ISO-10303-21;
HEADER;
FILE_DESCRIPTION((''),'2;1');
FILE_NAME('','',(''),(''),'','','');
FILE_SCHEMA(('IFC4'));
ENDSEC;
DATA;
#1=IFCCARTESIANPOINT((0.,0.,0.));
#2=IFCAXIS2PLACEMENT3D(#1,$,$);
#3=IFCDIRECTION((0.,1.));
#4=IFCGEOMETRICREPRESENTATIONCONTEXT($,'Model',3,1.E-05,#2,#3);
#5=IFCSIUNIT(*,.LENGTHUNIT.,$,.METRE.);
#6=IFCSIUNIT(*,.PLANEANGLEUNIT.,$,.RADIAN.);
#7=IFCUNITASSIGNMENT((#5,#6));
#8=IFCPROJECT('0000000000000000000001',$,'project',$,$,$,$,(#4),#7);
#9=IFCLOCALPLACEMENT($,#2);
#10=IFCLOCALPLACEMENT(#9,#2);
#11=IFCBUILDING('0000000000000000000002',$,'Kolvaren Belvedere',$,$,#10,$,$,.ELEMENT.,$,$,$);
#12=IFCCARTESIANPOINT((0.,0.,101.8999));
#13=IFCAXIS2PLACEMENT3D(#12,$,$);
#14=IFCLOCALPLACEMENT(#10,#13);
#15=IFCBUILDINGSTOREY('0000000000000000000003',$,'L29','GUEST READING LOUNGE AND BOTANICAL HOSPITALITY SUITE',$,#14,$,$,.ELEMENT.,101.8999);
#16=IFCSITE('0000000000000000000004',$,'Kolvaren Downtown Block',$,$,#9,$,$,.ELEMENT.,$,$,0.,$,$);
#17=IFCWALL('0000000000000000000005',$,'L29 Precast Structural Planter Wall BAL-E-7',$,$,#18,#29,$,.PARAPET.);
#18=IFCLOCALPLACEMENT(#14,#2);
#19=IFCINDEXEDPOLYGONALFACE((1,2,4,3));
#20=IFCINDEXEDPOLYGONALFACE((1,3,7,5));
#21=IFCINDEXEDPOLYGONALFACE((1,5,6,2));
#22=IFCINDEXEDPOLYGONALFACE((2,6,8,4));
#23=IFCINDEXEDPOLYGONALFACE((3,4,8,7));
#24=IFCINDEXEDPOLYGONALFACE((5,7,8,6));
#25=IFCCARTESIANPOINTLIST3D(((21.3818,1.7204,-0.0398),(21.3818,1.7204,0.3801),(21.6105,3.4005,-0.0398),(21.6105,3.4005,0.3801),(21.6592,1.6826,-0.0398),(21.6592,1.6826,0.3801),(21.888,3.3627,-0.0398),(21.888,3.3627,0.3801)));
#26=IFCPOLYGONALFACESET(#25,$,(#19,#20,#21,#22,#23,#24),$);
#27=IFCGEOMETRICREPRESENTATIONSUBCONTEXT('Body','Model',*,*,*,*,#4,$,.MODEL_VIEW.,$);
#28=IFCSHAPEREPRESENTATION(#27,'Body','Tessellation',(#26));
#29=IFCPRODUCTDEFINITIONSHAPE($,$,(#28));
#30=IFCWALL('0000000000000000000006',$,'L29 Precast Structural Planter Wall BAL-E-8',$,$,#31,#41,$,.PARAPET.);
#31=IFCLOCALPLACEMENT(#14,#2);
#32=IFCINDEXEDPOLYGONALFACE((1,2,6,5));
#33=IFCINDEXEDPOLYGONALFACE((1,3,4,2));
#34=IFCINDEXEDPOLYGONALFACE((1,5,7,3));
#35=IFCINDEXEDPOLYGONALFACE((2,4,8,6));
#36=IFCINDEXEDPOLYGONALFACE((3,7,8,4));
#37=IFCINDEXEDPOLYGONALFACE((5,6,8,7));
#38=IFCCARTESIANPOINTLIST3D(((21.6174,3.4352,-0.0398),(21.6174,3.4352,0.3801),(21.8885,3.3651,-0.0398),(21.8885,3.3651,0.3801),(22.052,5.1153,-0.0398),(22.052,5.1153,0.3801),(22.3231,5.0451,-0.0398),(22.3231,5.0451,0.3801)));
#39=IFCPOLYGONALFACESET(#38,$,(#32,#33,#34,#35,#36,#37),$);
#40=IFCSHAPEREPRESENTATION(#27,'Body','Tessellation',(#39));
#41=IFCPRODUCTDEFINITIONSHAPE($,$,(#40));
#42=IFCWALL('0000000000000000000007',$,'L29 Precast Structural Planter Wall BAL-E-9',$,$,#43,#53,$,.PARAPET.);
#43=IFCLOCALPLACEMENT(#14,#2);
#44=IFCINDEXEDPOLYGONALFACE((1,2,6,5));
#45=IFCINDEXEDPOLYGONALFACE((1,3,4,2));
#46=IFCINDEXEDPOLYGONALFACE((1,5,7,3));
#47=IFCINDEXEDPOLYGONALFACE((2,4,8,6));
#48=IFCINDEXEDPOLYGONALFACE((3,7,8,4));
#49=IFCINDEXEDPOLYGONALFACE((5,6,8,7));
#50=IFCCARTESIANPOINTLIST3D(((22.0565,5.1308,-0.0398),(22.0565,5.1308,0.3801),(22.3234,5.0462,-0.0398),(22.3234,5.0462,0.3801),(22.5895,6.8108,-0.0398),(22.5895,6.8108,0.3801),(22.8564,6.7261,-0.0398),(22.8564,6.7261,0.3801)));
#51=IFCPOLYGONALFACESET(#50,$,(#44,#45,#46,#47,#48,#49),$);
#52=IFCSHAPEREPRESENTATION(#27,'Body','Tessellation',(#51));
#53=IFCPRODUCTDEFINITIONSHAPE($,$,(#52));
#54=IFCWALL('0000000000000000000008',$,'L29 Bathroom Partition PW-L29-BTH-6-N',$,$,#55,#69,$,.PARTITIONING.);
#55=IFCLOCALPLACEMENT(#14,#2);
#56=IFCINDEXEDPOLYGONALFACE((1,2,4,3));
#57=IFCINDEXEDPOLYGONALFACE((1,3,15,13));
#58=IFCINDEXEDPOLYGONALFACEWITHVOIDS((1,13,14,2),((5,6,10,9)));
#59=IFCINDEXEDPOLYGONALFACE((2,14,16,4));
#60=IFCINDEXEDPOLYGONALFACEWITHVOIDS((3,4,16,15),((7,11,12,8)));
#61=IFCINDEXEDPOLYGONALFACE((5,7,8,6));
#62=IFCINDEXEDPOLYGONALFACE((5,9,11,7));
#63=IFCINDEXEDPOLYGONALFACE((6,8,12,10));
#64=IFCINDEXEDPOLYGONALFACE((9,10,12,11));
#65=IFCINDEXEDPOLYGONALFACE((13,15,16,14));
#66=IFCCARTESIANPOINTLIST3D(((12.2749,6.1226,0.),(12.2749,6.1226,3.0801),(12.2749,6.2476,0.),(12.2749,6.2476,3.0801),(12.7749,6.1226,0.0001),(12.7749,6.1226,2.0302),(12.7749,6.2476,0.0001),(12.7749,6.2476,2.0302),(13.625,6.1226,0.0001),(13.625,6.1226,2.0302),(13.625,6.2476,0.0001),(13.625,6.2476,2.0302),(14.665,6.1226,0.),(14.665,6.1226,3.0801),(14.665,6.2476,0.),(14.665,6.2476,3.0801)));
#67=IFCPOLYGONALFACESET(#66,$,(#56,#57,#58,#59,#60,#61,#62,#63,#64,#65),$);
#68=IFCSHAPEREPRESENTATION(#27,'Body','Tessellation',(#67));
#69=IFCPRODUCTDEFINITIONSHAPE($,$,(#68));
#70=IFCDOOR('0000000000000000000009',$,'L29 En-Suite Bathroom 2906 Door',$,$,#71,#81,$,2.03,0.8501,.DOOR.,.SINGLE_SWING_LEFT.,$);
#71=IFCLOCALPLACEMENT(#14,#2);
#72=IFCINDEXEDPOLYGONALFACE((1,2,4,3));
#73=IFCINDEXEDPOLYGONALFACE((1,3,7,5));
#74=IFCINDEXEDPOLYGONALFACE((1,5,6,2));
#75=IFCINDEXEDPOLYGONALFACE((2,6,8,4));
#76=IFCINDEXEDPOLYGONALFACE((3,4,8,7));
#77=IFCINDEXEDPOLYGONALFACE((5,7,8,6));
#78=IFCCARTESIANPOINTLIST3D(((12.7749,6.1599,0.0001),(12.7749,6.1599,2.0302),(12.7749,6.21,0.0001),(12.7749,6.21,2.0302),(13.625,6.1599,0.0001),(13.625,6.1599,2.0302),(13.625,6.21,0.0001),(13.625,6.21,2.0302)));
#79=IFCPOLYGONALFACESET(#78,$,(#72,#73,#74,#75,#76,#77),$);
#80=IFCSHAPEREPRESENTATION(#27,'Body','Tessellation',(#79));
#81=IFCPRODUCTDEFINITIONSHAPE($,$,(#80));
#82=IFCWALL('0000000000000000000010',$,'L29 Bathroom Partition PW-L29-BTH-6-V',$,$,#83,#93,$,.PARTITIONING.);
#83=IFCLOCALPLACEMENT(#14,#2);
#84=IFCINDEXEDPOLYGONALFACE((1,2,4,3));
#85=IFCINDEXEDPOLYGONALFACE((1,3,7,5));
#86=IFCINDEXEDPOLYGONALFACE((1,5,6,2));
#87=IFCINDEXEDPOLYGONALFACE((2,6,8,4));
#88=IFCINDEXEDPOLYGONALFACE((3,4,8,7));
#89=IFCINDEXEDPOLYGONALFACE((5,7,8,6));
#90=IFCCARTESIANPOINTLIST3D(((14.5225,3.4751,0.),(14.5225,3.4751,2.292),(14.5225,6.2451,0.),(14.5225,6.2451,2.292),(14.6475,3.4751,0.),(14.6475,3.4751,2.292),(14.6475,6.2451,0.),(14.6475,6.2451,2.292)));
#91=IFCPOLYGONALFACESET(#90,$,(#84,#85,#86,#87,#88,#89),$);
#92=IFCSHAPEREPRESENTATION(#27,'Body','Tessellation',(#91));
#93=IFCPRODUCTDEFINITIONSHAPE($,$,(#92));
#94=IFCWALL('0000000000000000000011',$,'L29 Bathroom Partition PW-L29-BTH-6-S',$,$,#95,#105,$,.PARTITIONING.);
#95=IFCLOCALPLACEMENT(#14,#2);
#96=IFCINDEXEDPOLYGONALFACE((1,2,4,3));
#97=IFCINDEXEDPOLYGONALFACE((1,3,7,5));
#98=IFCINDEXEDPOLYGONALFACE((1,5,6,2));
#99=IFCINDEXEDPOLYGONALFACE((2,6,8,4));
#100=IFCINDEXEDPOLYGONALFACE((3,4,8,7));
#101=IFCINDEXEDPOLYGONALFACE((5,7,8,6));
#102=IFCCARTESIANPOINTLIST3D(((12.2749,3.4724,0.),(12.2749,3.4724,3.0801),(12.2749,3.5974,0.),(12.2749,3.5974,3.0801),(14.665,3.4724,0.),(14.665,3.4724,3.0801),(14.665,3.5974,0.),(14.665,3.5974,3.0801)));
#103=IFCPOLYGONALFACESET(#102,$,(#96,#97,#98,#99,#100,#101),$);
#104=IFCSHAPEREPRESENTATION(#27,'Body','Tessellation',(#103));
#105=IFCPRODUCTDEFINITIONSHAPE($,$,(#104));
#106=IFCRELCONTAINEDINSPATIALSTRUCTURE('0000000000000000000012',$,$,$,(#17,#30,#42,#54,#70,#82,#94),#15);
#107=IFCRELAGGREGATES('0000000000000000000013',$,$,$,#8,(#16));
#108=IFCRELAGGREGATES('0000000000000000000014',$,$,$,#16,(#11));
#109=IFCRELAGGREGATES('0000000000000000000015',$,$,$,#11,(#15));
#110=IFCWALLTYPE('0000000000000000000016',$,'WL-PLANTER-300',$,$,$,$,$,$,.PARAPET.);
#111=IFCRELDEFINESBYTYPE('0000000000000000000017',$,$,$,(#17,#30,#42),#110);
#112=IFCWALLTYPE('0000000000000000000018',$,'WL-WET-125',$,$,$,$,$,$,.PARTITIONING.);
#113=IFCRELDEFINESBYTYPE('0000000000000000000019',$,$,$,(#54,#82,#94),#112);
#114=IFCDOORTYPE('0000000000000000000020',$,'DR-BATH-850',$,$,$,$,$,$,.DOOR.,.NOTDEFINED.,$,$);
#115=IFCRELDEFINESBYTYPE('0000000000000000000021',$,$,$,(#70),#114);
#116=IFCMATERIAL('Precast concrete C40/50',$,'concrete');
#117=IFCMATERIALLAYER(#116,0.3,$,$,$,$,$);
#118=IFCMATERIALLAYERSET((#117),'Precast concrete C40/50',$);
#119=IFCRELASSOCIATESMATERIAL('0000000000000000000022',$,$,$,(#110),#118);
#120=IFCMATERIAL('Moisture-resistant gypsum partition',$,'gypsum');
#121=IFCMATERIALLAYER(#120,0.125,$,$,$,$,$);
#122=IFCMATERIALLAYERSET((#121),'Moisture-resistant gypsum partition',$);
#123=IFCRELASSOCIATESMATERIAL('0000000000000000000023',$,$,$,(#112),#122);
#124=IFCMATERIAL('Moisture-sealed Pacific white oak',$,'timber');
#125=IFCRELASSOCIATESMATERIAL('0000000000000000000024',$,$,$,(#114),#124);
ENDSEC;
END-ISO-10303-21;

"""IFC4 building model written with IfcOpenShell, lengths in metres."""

from ifc_helpers import new_model, si_unit, direction, frame, frame_2d, origin, place, context, subcontext, project, spatial, rectangle, extrude, material, layer, layer_set, type_object, element, fill, save


model = new_model("IFC4")

# Units and contexts
model_context = context("Model", 3, precision=1e-05, world=origin(), true_north=direction((0.0, 1.0)))
body_context = subcontext(model_context, "Body", "Model", "MODEL_VIEW")
ifc_project = project(units=[si_unit("LENGTHUNIT", "METRE"), si_unit("PLANEANGLEUNIT", "RADIAN")], contexts=[model_context])

# Site, building, storey
site_placement = place(None, origin())
site = spatial("IfcSite", under=ifc_project, at=site_placement, Name="Kolvaren Downtown Block", CompositionType="ELEMENT", RefElevation=0.0)
building_placement = place(site_placement, origin())
building = spatial("IfcBuilding", under=site, at=building_placement, Name="Kolvaren Belvedere", CompositionType="ELEMENT")
storey_placement = place(building_placement, frame((0.0, 0.0, 101.8999)))
storey = spatial("IfcBuildingStorey", under=building, at=storey_placement, Name="L29", Description="GUEST READING LOUNGE AND BOTANICAL HOSPITALITY SUITE", CompositionType="ELEMENT", Elevation=101.8999)

# Walls
ifc_material_1 = material(Name="Precast concrete C40/50", Category="concrete")
ifc_layer_1 = layer(ifc_material_1, 0.3)
ifc_layer_set_1 = layer_set([ifc_layer_1], Name="Precast concrete C40/50")
wall_type_1 = type_object("IfcWallType", Name="WL-PLANTER-300", PredefinedType="PARAPET", material=ifc_layer_set_1)
wall_1_placement = place(storey_placement, frame((21.5205, 1.7017, -0.0398), z_axis=(0.0, 0.0, 1.0), x_axis=(0.134927, 0.990856, 0.0)))
element("IfcWall", 1, at=wall_1_placement, inside=storey, type_object=wall_type_1, Name="L29 Precast Structural Planter Wall BAL-E-7", PredefinedType="PARAPET", context=body_context, shape_type="SweptSolid", body=[
    extrude(rectangle(XDim=1.6956, YDim=0.28, at=frame_2d((0.8477, 0.0))), origin(), (0.0, 0.0, 1.0), 0.4199),
])
wall_2_placement = place(storey_placement, frame((21.7529, 3.4001, -0.0398), z_axis=(0.0, 0.0, 1.0), x_axis=(0.25044, 0.968132, 0.0)))
element("IfcWall", 2, at=wall_2_placement, inside=storey, type_object=wall_type_1, Name="L29 Precast Structural Planter Wall BAL-E-8", PredefinedType="PARAPET", context=body_context, shape_type="SweptSolid", body=[
    extrude(rectangle(XDim=1.7354, YDim=0.28, at=frame_2d((0.8677, 0.0))), origin(), (0.0, 0.0, 1.0), 0.4199),
])
wall_3_placement = place(storey_placement, frame((22.1899, 5.0884, -0.0398), z_axis=(0.0, 0.0, 1.0), x_axis=(0.302397, 0.953182, 0.0)))
element("IfcWall", 3, at=wall_3_placement, inside=storey, type_object=wall_type_1, Name="L29 Precast Structural Planter Wall BAL-E-9", PredefinedType="PARAPET", context=body_context, shape_type="SweptSolid", body=[
    extrude(rectangle(XDim=1.7625, YDim=0.28, at=frame_2d((0.8813, 0.0))), origin(), (0.0, 0.0, 1.0), 0.4199),
])

# Wall, opening, door
ifc_material_2 = material(Name="Moisture-resistant gypsum partition", Category="gypsum")
ifc_layer_2 = layer(ifc_material_2, 0.125)
ifc_layer_set_2 = layer_set([ifc_layer_2], Name="Moisture-resistant gypsum partition")
wall_type_2 = type_object("IfcWallType", Name="WL-WET-125", PredefinedType="PARTITIONING", material=ifc_layer_set_2)
wall_4_placement = place(storey_placement, frame((12.2749, 6.1851, 0.0), z_axis=(0.0, 0.0, 1.0), x_axis=(1.0, 0.0, 0.0)))
wall_4 = element("IfcWall", 4, at=wall_4_placement, inside=storey, type_object=wall_type_2, Name="L29 Bathroom Partition PW-L29-BTH-6-N", PredefinedType="PARTITIONING", context=body_context, shape_type="SweptSolid", body=[
    extrude(rectangle(XDim=2.3901, YDim=0.125, at=frame_2d((1.1951, 0.0))), origin(), (0.0, 0.0, 1.0), 3.0801),
])
opening_1_placement = place(wall_4_placement, frame((0.5, 0.0, 0.0)))
opening_1 = element("IfcOpeningElement", 5, at=opening_1_placement, cuts=wall_4, PredefinedType="OPENING", context=body_context, shape_type="SweptSolid", body=[
    extrude(rectangle(XDim=0.8501, YDim=2.03, at=frame_2d((0.425, 1.0151))), frame((0.0, 0.0725, 0.0), z_axis=(0.0, -1.0, 0.0), x_axis=(1.0, 0.0, 0.0)), (0.0, 0.0, 1.0), 0.145),
])
ifc_material_3 = material(Name="Moisture-sealed Pacific white oak", Category="timber")
door_type_1 = type_object("IfcDoorType", Name="DR-BATH-850", OperationType="NOTDEFINED", PredefinedType="DOOR", material=ifc_material_3)
door_1_placement = place(opening_1_placement, origin())
door_1 = element("IfcDoor", 6, at=door_1_placement, inside=storey, type_object=door_type_1, Name="L29 En-Suite Bathroom 2906 Door", OperationType="SINGLE_SWING_LEFT", OverallHeight=2.03, OverallWidth=0.8501, PredefinedType="DOOR", context=body_context, shape_type="SweptSolid", body=[
    extrude(rectangle(XDim=0.8501, YDim=2.03, at=frame_2d((0.425, 1.0151))), frame((0.0, 0.0249, 0.0), z_axis=(0.0, -1.0, 0.0), x_axis=(1.0, 0.0, 0.0)), (0.0, 0.0, 1.0), 0.05),
])
fill(opening_1, door_1)

# Walls
wall_5_placement = place(storey_placement, frame((14.585, 3.4751, 0.0), z_axis=(0.0, 0.0, 1.0), x_axis=(0.0, 1.0, 0.0)))
element("IfcWall", 7, at=wall_5_placement, inside=storey, type_object=wall_type_2, Name="L29 Bathroom Partition PW-L29-BTH-6-V", PredefinedType="PARTITIONING", context=body_context, shape_type="SweptSolid", body=[
    extrude(rectangle(XDim=2.77, YDim=0.125, at=frame_2d((1.385, 0.0))), origin(), (0.0, 0.0, 1.0), 2.292),
])
wall_6_placement = place(storey_placement, frame((12.2749, 3.5349, 0.0), z_axis=(0.0, 0.0, 1.0), x_axis=(1.0, 0.0, 0.0)))
element("IfcWall", 8, at=wall_6_placement, inside=storey, type_object=wall_type_2, Name="L29 Bathroom Partition PW-L29-BTH-6-S", PredefinedType="PARTITIONING", context=body_context, shape_type="SweptSolid", body=[
    extrude(rectangle(XDim=2.3901, YDim=0.125, at=frame_2d((1.1951, 0.0))), origin(), (0.0, 0.0, 1.0), 3.0801),
])

save(model, "model.ifc")
